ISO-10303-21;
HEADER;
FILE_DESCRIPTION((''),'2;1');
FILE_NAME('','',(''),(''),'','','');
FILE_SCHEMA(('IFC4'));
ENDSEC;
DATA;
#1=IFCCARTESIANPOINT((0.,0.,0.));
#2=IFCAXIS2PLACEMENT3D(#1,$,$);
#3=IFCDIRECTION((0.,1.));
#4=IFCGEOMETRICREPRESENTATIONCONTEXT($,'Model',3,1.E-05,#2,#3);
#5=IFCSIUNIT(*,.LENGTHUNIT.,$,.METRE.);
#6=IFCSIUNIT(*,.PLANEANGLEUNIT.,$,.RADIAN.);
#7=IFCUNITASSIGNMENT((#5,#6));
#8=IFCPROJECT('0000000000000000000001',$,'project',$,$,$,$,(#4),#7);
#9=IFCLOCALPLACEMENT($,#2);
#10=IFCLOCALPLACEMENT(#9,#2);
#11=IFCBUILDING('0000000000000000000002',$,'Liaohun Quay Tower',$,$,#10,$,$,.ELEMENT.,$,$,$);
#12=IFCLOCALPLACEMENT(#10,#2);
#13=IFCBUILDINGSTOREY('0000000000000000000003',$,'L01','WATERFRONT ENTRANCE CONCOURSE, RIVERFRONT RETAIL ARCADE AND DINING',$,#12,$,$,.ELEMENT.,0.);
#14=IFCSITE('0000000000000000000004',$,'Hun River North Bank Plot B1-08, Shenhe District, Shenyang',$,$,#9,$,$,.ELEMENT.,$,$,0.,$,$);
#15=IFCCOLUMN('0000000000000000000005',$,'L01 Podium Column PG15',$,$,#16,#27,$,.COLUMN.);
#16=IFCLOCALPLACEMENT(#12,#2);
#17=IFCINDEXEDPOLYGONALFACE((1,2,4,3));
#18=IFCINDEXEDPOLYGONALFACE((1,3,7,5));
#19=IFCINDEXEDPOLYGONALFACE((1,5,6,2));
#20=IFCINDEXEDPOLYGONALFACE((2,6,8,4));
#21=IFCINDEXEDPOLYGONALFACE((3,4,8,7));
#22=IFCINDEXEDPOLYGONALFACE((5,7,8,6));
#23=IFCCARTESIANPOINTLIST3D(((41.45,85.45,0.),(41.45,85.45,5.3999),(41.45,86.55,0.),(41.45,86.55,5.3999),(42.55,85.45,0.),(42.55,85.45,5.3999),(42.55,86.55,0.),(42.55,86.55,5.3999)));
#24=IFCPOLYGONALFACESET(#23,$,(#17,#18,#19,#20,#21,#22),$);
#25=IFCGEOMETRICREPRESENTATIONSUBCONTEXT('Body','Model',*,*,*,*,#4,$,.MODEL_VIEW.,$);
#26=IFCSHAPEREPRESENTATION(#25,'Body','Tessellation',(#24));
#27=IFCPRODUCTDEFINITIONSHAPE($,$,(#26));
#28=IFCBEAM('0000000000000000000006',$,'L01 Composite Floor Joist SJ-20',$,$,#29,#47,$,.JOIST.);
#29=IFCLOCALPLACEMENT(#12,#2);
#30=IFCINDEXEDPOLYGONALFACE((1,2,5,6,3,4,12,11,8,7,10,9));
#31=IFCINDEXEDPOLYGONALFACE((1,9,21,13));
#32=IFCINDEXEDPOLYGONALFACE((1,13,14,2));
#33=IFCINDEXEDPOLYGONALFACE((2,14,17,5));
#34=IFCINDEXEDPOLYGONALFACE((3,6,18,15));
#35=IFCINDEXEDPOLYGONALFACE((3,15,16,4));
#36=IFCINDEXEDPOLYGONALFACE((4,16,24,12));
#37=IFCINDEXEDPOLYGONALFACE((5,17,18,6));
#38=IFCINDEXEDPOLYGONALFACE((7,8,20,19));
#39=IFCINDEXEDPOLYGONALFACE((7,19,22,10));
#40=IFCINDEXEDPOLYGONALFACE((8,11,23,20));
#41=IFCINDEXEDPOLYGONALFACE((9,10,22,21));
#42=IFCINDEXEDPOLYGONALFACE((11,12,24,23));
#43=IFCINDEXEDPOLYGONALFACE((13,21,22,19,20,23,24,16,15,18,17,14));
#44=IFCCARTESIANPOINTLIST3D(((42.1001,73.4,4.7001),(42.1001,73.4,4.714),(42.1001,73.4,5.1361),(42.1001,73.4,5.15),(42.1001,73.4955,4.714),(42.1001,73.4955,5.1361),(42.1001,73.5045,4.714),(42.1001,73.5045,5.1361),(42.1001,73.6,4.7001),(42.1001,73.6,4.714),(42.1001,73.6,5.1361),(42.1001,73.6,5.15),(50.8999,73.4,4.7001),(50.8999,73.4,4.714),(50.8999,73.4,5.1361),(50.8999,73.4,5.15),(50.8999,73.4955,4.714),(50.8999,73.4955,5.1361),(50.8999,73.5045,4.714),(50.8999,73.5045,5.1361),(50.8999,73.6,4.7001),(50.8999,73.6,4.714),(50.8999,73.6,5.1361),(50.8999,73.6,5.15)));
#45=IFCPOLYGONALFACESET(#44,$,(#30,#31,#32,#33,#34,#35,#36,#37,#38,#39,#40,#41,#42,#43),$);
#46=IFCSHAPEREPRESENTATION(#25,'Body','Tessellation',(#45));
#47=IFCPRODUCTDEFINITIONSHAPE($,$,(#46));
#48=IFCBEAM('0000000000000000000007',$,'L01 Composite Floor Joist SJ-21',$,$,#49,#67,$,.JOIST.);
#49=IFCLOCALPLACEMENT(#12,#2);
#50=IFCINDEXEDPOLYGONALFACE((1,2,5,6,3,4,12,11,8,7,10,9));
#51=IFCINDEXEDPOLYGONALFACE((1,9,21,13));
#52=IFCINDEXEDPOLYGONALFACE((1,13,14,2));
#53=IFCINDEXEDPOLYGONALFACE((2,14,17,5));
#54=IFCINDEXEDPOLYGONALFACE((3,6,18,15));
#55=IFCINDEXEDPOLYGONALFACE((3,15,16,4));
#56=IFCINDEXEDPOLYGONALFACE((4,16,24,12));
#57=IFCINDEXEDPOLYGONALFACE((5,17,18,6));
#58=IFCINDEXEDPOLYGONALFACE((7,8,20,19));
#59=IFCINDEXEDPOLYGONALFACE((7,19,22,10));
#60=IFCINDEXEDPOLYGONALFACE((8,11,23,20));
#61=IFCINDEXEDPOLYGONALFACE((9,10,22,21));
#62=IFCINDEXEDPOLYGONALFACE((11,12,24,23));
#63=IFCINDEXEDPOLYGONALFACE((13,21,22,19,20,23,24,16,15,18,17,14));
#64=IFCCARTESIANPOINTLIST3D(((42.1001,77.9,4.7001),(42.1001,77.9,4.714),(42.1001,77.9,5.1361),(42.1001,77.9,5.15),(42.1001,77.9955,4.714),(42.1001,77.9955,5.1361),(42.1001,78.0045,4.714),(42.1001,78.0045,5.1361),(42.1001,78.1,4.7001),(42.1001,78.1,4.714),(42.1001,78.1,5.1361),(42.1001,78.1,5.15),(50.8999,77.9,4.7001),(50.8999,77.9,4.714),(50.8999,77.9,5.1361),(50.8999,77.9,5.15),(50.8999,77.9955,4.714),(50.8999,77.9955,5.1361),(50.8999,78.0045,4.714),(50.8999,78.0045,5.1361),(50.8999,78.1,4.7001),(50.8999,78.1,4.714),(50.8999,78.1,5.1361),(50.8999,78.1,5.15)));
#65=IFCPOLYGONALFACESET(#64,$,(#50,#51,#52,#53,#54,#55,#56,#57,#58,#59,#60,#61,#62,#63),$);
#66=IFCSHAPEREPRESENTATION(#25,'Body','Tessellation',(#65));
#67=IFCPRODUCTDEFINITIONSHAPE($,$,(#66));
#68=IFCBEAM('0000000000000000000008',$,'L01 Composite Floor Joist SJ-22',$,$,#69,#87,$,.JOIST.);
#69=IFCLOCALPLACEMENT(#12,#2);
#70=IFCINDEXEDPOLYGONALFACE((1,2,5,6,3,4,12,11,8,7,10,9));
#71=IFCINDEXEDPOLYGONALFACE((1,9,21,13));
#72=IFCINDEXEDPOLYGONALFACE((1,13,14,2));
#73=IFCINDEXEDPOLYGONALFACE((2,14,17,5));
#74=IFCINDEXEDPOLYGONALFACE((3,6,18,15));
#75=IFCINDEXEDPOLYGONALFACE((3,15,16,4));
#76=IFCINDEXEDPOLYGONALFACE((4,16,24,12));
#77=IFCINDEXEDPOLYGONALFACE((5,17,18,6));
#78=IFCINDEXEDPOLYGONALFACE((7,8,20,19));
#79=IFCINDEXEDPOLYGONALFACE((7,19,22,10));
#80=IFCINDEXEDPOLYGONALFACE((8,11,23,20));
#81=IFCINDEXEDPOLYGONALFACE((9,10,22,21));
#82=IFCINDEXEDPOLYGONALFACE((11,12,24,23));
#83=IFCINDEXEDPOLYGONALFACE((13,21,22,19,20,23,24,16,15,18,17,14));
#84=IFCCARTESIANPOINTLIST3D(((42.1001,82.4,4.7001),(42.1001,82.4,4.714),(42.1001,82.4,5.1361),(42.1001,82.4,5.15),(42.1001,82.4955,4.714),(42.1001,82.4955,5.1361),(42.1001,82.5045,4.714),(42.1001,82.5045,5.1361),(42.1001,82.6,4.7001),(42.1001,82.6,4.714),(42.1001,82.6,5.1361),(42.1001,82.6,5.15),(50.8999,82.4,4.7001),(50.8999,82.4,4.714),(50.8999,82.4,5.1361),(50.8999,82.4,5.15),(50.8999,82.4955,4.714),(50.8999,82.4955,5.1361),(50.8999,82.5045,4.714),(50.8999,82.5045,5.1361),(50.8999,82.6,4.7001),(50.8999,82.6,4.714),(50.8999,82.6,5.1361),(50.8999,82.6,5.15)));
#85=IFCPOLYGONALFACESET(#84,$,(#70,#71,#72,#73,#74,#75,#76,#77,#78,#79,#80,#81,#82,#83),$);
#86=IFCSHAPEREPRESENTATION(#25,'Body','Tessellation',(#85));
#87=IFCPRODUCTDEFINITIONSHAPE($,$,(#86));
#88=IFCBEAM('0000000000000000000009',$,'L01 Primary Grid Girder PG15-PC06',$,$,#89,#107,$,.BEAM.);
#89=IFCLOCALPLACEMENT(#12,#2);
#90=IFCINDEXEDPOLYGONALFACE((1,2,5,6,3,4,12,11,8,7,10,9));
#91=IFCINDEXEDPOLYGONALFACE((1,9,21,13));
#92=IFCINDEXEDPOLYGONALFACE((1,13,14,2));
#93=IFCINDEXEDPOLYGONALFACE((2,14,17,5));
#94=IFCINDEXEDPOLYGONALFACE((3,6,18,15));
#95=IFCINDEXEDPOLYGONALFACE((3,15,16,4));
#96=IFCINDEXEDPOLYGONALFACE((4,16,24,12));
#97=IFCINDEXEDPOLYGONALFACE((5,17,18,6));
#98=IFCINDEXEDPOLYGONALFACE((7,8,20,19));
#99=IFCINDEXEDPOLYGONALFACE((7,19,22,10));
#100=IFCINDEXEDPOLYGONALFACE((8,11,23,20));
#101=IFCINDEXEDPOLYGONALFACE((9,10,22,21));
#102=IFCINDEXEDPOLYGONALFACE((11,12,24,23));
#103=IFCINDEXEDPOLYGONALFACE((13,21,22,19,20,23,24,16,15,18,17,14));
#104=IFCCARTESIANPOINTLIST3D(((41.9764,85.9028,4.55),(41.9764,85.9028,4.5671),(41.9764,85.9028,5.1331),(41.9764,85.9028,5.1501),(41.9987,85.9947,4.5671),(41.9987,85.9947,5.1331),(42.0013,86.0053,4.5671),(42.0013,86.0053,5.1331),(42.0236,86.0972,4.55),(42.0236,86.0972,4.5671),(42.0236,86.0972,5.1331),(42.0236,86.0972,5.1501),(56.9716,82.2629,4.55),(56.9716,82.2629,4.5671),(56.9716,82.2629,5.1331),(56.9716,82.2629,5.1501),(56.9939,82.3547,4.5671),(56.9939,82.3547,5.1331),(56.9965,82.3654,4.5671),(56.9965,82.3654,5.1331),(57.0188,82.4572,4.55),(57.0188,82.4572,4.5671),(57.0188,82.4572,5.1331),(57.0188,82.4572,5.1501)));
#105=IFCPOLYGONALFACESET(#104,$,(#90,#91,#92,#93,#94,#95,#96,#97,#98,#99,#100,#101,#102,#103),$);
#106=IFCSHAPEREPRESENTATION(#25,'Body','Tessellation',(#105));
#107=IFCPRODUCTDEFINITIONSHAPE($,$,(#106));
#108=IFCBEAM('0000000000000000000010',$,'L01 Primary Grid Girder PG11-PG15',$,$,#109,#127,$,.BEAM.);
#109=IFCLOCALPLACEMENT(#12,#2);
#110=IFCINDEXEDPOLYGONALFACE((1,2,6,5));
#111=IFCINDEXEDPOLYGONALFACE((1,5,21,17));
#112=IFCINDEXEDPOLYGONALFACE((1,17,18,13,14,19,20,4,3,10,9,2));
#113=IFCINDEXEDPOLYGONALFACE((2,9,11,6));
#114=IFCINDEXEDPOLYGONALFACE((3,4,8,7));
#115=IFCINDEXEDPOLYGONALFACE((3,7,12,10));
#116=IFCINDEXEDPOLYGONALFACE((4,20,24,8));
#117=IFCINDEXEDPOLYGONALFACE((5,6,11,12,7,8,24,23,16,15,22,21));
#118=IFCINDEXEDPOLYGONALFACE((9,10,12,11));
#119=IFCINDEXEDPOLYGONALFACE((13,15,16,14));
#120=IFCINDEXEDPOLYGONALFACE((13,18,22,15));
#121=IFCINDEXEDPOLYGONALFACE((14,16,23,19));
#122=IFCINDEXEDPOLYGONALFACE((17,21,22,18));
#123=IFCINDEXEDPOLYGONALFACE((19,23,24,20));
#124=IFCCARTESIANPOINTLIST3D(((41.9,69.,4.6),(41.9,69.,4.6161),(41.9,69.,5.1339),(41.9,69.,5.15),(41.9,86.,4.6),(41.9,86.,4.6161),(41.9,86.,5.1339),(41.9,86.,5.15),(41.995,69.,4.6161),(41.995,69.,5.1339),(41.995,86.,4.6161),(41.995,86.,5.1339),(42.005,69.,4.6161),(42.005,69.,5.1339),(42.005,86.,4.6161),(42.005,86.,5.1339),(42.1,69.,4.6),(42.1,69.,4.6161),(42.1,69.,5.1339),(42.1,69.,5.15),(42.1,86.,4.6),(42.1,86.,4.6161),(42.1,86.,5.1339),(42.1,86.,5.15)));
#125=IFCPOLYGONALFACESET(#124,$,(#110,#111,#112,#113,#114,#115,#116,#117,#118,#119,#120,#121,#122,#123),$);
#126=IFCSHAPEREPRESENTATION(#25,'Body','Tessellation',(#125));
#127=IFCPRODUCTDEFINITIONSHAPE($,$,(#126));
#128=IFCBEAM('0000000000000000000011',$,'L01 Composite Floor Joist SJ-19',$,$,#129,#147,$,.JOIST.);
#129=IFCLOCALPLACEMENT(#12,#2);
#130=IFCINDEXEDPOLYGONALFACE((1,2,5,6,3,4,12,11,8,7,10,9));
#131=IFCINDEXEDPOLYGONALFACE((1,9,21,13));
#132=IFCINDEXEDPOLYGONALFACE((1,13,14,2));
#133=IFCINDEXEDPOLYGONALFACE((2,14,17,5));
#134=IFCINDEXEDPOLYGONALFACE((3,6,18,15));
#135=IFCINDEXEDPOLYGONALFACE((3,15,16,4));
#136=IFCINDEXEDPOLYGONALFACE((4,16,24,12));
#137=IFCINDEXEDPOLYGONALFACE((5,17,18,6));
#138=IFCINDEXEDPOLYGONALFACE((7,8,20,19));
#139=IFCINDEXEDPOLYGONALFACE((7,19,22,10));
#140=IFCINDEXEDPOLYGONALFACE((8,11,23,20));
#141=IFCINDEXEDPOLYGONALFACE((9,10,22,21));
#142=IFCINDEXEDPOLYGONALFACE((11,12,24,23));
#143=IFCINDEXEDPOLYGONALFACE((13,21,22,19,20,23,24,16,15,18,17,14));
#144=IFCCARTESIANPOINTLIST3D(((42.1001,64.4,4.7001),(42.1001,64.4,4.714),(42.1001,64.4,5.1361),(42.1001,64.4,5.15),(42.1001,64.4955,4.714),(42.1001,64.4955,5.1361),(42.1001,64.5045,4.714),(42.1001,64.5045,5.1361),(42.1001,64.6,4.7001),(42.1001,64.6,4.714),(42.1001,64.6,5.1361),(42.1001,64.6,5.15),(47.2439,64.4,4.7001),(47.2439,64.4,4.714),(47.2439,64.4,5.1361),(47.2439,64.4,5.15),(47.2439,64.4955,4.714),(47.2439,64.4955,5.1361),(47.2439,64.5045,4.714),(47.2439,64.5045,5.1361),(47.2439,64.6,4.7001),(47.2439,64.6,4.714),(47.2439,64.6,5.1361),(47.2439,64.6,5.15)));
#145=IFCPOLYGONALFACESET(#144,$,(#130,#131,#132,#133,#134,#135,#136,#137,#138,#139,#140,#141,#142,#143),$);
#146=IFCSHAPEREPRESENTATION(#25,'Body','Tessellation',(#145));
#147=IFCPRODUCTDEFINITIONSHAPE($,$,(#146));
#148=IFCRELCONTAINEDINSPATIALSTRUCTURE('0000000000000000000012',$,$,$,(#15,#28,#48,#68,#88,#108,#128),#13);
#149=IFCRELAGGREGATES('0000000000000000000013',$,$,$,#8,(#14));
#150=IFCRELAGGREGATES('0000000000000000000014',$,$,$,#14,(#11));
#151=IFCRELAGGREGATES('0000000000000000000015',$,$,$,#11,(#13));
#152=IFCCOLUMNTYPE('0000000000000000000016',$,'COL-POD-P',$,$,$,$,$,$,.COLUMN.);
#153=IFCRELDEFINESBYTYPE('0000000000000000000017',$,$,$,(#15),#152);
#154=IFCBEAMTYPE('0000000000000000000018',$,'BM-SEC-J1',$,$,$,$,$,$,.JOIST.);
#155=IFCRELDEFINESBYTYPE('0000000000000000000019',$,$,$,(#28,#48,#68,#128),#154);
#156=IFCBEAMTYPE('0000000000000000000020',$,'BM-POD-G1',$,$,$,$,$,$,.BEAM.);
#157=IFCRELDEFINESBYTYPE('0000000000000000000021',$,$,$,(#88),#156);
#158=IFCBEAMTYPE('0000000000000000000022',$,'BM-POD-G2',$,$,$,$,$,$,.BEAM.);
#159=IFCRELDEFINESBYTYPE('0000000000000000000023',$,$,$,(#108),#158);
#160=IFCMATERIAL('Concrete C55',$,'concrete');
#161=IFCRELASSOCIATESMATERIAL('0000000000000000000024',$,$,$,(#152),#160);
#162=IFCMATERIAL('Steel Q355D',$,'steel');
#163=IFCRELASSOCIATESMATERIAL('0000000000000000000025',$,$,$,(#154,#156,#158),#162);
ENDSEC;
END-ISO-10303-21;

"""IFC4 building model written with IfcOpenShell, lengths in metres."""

from ifc_helpers import new_model, si_unit, direction, frame, origin, origin_2d, place, context, subcontext, project, spatial, rectangle, i_section, extrude, source, transform, mapped, material, material_profile, profile_set, type_object, element, save


model = new_model("IFC4")

# Units and contexts
model_context = context("Model", 3, precision=1e-05, world=origin(), true_north=direction((0.0, 1.0)))
body_context = subcontext(model_context, "Body", "Model", "MODEL_VIEW")
ifc_project = project(units=[si_unit("LENGTHUNIT", "METRE"), si_unit("PLANEANGLEUNIT", "RADIAN")], contexts=[model_context])

# Site, building, storey
site_placement = place(None, origin())
site = spatial("IfcSite", under=ifc_project, at=site_placement, Name="Hun River North Bank Plot B1-08, Shenhe District, Shenyang", CompositionType="ELEMENT", RefElevation=0.0)
building_placement = place(site_placement, origin())
building = spatial("IfcBuilding", under=site, at=building_placement, Name="Liaohun Quay Tower", CompositionType="ELEMENT")
storey_placement = place(building_placement, origin())
storey = spatial("IfcBuildingStorey", under=building, at=storey_placement, Name="L01", Description="WATERFRONT ENTRANCE CONCOURSE, RIVERFRONT RETAIL ARCADE AND DINING", CompositionType="ELEMENT", Elevation=0.0)

# Column
ifc_material_1 = material(Name="Concrete C55", Category="concrete")
ifc_material_profile_1 = material_profile(ifc_material_1, rectangle(XDim=1.1001, YDim=1.1001, at=origin_2d()), Name="RC1100x1100")
ifc_profile_set_1 = profile_set([ifc_material_profile_1], Name="Concrete C55")
column_type = type_object("IfcColumnType", Name="COL-POD-P", PredefinedType="COLUMN", material=ifc_profile_set_1)
shared_shape_1 = source(origin(), body_context, "Body", "SweptSolid", [
    extrude(rectangle(XDim=1.1001, YDim=1.1001, at=origin_2d()), origin(), (0.0, 0.0, 1.0), 5.3999),
])
column_placement = place(storey_placement, frame((42.0, 86.0, 0.0), z_axis=(0.0, 0.0, 1.0), x_axis=(1.0, 0.0, 0.0)))
element("IfcColumn", 1, at=column_placement, inside=storey, type_object=column_type, Name="L01 Podium Column PG15", PredefinedType="COLUMN", context=body_context, shape_type="MappedRepresentation", body=[
    mapped(shared_shape_1, transform((0.0, 0.0, 0.0), x_axis=(1.0, 0.0, 0.0), y_axis=(0.0, 1.0, 0.0), z_axis=(0.0, 0.0, 1.0), scale=1.0)),
])

# Beams
ifc_material_2 = material(Name="Steel Q355D", Category="steel")
ifc_material_profile_2 = material_profile(ifc_material_2, i_section(OverallWidth=0.2, OverallDepth=0.45, WebThickness=0.009, FlangeThickness=0.0139, at=origin_2d()), Name="HN450x200x9x14")
ifc_profile_set_2 = profile_set([ifc_material_profile_2], Name="Steel Q355D")
beam_type_1 = type_object("IfcBeamType", Name="BM-SEC-J1", PredefinedType="JOIST", material=ifc_profile_set_2)
shared_shape_2 = source(origin(), body_context, "Body", "SweptSolid", [
    extrude(i_section(OverallWidth=0.2, OverallDepth=0.45, WebThickness=0.009, FlangeThickness=0.0139, at=origin_2d()), origin(), (0.0, 0.0, 1.0), 8.7998),
])
for number, where, z_axis, x_axis, name in (
    (2, (42.1001, 73.5, 4.925), (1.0, 0.0, 0.0), (0.0, 1.0, 0.0), "L01 Composite Floor Joist SJ-20"),
    (3, (42.1001, 78.0, 4.925), (1.0, 0.0, 0.0), (0.0, 1.0, 0.0), "L01 Composite Floor Joist SJ-21"),
    (4, (42.1001, 82.5, 4.925), (1.0, 0.0, 0.0), (0.0, 1.0, 0.0), "L01 Composite Floor Joist SJ-22"),
):
    element("IfcBeam", number, at=place(storey_placement, frame(where, z_axis=z_axis, x_axis=x_axis)), inside=storey, type_object=beam_type_1, Name=name, PredefinedType="JOIST", context=body_context, shape_type="MappedRepresentation", body=[
        mapped(shared_shape_2, transform((0.0, 0.0, 0.0), x_axis=(1.0, 0.0, 0.0), y_axis=(0.0, 1.0, 0.0), z_axis=(0.0, 0.0, 1.0), scale=1.0)),
    ])
ifc_material_profile_3 = material_profile(ifc_material_2, i_section(OverallWidth=0.2, OverallDepth=0.6001, WebThickness=0.011, FlangeThickness=0.0171, at=origin_2d()), Name="HN600x200x11x17")
ifc_profile_set_3 = profile_set([ifc_material_profile_3], Name="Steel Q355D")
beam_type_2 = type_object("IfcBeamType", Name="BM-POD-G1", PredefinedType="BEAM", material=ifc_profile_set_3)
shared_shape_3 = source(origin(), body_context, "Body", "SweptSolid", [
    extrude(i_section(OverallWidth=0.2, OverallDepth=0.6001, WebThickness=0.011, FlangeThickness=0.0171, at=origin_2d()), origin(), (0.0, 0.0, 1.0), 15.4307),
])
beam_1_placement = place(storey_placement, frame((42.0, 86.0, 4.8501), z_axis=(0.97178, -0.235888, 0.0), x_axis=(0.235888, 0.97178, 0.0)))
element("IfcBeam", 5, at=beam_1_placement, inside=storey, type_object=beam_type_2, Name="L01 Primary Grid Girder PG15-PC06", PredefinedType="BEAM", context=body_context, shape_type="MappedRepresentation", body=[
    mapped(shared_shape_3, transform((0.0, 0.0, 0.0), x_axis=(1.0, 0.0, 0.0), y_axis=(0.0, 1.0, 0.0), z_axis=(0.0, 0.0, 1.0), scale=1.0)),
])
ifc_material_profile_4 = material_profile(ifc_material_2, i_section(OverallWidth=0.2, OverallDepth=0.55, WebThickness=0.01, FlangeThickness=0.0161, at=origin_2d()), Name="HN550x200x10x16")
ifc_profile_set_4 = profile_set([ifc_material_profile_4], Name="Steel Q355D")
beam_type_3 = type_object("IfcBeamType", Name="BM-POD-G2", PredefinedType="BEAM", material=ifc_profile_set_4)
shared_shape_4 = source(origin(), body_context, "Body", "SweptSolid", [
    extrude(i_section(OverallWidth=0.2, OverallDepth=0.55, WebThickness=0.01, FlangeThickness=0.0161, at=origin_2d()), origin(), (0.0, 0.0, 1.0), 17.0),
])
beam_2_placement = place(storey_placement, frame((42.0, 69.0, 4.875), z_axis=(0.0, 1.0, 0.0), x_axis=(-1.0, 0.0, 0.0)))
element("IfcBeam", 6, at=beam_2_placement, inside=storey, type_object=beam_type_3, Name="L01 Primary Grid Girder PG11-PG15", PredefinedType="BEAM", context=body_context, shape_type="MappedRepresentation", body=[
    mapped(shared_shape_4, transform((0.0, 0.0, 0.0), x_axis=(1.0, 0.0, 0.0), y_axis=(0.0, 1.0, 0.0), z_axis=(0.0, 0.0, 1.0), scale=1.0)),
])
shared_shape_5 = source(origin(), body_context, "Body", "SweptSolid", [
    extrude(i_section(OverallWidth=0.2, OverallDepth=0.45, WebThickness=0.009, FlangeThickness=0.0139, at=origin_2d()), origin(), (0.0, 0.0, 1.0), 5.1438),
])
beam_3_placement = place(storey_placement, frame((42.1001, 64.5, 4.925), z_axis=(1.0, 0.0, 0.0), x_axis=(0.0, 1.0, 0.0)))
element("IfcBeam", 7, at=beam_3_placement, inside=storey, type_object=beam_type_1, Name="L01 Composite Floor Joist SJ-19", PredefinedType="JOIST", context=body_context, shape_type="MappedRepresentation", body=[
    mapped(shared_shape_5, transform((0.0, 0.0, 0.0), x_axis=(1.0, 0.0, 0.0), y_axis=(0.0, 1.0, 0.0), z_axis=(0.0, 0.0, 1.0), scale=1.0)),
])

save(model, "model.ifc")
